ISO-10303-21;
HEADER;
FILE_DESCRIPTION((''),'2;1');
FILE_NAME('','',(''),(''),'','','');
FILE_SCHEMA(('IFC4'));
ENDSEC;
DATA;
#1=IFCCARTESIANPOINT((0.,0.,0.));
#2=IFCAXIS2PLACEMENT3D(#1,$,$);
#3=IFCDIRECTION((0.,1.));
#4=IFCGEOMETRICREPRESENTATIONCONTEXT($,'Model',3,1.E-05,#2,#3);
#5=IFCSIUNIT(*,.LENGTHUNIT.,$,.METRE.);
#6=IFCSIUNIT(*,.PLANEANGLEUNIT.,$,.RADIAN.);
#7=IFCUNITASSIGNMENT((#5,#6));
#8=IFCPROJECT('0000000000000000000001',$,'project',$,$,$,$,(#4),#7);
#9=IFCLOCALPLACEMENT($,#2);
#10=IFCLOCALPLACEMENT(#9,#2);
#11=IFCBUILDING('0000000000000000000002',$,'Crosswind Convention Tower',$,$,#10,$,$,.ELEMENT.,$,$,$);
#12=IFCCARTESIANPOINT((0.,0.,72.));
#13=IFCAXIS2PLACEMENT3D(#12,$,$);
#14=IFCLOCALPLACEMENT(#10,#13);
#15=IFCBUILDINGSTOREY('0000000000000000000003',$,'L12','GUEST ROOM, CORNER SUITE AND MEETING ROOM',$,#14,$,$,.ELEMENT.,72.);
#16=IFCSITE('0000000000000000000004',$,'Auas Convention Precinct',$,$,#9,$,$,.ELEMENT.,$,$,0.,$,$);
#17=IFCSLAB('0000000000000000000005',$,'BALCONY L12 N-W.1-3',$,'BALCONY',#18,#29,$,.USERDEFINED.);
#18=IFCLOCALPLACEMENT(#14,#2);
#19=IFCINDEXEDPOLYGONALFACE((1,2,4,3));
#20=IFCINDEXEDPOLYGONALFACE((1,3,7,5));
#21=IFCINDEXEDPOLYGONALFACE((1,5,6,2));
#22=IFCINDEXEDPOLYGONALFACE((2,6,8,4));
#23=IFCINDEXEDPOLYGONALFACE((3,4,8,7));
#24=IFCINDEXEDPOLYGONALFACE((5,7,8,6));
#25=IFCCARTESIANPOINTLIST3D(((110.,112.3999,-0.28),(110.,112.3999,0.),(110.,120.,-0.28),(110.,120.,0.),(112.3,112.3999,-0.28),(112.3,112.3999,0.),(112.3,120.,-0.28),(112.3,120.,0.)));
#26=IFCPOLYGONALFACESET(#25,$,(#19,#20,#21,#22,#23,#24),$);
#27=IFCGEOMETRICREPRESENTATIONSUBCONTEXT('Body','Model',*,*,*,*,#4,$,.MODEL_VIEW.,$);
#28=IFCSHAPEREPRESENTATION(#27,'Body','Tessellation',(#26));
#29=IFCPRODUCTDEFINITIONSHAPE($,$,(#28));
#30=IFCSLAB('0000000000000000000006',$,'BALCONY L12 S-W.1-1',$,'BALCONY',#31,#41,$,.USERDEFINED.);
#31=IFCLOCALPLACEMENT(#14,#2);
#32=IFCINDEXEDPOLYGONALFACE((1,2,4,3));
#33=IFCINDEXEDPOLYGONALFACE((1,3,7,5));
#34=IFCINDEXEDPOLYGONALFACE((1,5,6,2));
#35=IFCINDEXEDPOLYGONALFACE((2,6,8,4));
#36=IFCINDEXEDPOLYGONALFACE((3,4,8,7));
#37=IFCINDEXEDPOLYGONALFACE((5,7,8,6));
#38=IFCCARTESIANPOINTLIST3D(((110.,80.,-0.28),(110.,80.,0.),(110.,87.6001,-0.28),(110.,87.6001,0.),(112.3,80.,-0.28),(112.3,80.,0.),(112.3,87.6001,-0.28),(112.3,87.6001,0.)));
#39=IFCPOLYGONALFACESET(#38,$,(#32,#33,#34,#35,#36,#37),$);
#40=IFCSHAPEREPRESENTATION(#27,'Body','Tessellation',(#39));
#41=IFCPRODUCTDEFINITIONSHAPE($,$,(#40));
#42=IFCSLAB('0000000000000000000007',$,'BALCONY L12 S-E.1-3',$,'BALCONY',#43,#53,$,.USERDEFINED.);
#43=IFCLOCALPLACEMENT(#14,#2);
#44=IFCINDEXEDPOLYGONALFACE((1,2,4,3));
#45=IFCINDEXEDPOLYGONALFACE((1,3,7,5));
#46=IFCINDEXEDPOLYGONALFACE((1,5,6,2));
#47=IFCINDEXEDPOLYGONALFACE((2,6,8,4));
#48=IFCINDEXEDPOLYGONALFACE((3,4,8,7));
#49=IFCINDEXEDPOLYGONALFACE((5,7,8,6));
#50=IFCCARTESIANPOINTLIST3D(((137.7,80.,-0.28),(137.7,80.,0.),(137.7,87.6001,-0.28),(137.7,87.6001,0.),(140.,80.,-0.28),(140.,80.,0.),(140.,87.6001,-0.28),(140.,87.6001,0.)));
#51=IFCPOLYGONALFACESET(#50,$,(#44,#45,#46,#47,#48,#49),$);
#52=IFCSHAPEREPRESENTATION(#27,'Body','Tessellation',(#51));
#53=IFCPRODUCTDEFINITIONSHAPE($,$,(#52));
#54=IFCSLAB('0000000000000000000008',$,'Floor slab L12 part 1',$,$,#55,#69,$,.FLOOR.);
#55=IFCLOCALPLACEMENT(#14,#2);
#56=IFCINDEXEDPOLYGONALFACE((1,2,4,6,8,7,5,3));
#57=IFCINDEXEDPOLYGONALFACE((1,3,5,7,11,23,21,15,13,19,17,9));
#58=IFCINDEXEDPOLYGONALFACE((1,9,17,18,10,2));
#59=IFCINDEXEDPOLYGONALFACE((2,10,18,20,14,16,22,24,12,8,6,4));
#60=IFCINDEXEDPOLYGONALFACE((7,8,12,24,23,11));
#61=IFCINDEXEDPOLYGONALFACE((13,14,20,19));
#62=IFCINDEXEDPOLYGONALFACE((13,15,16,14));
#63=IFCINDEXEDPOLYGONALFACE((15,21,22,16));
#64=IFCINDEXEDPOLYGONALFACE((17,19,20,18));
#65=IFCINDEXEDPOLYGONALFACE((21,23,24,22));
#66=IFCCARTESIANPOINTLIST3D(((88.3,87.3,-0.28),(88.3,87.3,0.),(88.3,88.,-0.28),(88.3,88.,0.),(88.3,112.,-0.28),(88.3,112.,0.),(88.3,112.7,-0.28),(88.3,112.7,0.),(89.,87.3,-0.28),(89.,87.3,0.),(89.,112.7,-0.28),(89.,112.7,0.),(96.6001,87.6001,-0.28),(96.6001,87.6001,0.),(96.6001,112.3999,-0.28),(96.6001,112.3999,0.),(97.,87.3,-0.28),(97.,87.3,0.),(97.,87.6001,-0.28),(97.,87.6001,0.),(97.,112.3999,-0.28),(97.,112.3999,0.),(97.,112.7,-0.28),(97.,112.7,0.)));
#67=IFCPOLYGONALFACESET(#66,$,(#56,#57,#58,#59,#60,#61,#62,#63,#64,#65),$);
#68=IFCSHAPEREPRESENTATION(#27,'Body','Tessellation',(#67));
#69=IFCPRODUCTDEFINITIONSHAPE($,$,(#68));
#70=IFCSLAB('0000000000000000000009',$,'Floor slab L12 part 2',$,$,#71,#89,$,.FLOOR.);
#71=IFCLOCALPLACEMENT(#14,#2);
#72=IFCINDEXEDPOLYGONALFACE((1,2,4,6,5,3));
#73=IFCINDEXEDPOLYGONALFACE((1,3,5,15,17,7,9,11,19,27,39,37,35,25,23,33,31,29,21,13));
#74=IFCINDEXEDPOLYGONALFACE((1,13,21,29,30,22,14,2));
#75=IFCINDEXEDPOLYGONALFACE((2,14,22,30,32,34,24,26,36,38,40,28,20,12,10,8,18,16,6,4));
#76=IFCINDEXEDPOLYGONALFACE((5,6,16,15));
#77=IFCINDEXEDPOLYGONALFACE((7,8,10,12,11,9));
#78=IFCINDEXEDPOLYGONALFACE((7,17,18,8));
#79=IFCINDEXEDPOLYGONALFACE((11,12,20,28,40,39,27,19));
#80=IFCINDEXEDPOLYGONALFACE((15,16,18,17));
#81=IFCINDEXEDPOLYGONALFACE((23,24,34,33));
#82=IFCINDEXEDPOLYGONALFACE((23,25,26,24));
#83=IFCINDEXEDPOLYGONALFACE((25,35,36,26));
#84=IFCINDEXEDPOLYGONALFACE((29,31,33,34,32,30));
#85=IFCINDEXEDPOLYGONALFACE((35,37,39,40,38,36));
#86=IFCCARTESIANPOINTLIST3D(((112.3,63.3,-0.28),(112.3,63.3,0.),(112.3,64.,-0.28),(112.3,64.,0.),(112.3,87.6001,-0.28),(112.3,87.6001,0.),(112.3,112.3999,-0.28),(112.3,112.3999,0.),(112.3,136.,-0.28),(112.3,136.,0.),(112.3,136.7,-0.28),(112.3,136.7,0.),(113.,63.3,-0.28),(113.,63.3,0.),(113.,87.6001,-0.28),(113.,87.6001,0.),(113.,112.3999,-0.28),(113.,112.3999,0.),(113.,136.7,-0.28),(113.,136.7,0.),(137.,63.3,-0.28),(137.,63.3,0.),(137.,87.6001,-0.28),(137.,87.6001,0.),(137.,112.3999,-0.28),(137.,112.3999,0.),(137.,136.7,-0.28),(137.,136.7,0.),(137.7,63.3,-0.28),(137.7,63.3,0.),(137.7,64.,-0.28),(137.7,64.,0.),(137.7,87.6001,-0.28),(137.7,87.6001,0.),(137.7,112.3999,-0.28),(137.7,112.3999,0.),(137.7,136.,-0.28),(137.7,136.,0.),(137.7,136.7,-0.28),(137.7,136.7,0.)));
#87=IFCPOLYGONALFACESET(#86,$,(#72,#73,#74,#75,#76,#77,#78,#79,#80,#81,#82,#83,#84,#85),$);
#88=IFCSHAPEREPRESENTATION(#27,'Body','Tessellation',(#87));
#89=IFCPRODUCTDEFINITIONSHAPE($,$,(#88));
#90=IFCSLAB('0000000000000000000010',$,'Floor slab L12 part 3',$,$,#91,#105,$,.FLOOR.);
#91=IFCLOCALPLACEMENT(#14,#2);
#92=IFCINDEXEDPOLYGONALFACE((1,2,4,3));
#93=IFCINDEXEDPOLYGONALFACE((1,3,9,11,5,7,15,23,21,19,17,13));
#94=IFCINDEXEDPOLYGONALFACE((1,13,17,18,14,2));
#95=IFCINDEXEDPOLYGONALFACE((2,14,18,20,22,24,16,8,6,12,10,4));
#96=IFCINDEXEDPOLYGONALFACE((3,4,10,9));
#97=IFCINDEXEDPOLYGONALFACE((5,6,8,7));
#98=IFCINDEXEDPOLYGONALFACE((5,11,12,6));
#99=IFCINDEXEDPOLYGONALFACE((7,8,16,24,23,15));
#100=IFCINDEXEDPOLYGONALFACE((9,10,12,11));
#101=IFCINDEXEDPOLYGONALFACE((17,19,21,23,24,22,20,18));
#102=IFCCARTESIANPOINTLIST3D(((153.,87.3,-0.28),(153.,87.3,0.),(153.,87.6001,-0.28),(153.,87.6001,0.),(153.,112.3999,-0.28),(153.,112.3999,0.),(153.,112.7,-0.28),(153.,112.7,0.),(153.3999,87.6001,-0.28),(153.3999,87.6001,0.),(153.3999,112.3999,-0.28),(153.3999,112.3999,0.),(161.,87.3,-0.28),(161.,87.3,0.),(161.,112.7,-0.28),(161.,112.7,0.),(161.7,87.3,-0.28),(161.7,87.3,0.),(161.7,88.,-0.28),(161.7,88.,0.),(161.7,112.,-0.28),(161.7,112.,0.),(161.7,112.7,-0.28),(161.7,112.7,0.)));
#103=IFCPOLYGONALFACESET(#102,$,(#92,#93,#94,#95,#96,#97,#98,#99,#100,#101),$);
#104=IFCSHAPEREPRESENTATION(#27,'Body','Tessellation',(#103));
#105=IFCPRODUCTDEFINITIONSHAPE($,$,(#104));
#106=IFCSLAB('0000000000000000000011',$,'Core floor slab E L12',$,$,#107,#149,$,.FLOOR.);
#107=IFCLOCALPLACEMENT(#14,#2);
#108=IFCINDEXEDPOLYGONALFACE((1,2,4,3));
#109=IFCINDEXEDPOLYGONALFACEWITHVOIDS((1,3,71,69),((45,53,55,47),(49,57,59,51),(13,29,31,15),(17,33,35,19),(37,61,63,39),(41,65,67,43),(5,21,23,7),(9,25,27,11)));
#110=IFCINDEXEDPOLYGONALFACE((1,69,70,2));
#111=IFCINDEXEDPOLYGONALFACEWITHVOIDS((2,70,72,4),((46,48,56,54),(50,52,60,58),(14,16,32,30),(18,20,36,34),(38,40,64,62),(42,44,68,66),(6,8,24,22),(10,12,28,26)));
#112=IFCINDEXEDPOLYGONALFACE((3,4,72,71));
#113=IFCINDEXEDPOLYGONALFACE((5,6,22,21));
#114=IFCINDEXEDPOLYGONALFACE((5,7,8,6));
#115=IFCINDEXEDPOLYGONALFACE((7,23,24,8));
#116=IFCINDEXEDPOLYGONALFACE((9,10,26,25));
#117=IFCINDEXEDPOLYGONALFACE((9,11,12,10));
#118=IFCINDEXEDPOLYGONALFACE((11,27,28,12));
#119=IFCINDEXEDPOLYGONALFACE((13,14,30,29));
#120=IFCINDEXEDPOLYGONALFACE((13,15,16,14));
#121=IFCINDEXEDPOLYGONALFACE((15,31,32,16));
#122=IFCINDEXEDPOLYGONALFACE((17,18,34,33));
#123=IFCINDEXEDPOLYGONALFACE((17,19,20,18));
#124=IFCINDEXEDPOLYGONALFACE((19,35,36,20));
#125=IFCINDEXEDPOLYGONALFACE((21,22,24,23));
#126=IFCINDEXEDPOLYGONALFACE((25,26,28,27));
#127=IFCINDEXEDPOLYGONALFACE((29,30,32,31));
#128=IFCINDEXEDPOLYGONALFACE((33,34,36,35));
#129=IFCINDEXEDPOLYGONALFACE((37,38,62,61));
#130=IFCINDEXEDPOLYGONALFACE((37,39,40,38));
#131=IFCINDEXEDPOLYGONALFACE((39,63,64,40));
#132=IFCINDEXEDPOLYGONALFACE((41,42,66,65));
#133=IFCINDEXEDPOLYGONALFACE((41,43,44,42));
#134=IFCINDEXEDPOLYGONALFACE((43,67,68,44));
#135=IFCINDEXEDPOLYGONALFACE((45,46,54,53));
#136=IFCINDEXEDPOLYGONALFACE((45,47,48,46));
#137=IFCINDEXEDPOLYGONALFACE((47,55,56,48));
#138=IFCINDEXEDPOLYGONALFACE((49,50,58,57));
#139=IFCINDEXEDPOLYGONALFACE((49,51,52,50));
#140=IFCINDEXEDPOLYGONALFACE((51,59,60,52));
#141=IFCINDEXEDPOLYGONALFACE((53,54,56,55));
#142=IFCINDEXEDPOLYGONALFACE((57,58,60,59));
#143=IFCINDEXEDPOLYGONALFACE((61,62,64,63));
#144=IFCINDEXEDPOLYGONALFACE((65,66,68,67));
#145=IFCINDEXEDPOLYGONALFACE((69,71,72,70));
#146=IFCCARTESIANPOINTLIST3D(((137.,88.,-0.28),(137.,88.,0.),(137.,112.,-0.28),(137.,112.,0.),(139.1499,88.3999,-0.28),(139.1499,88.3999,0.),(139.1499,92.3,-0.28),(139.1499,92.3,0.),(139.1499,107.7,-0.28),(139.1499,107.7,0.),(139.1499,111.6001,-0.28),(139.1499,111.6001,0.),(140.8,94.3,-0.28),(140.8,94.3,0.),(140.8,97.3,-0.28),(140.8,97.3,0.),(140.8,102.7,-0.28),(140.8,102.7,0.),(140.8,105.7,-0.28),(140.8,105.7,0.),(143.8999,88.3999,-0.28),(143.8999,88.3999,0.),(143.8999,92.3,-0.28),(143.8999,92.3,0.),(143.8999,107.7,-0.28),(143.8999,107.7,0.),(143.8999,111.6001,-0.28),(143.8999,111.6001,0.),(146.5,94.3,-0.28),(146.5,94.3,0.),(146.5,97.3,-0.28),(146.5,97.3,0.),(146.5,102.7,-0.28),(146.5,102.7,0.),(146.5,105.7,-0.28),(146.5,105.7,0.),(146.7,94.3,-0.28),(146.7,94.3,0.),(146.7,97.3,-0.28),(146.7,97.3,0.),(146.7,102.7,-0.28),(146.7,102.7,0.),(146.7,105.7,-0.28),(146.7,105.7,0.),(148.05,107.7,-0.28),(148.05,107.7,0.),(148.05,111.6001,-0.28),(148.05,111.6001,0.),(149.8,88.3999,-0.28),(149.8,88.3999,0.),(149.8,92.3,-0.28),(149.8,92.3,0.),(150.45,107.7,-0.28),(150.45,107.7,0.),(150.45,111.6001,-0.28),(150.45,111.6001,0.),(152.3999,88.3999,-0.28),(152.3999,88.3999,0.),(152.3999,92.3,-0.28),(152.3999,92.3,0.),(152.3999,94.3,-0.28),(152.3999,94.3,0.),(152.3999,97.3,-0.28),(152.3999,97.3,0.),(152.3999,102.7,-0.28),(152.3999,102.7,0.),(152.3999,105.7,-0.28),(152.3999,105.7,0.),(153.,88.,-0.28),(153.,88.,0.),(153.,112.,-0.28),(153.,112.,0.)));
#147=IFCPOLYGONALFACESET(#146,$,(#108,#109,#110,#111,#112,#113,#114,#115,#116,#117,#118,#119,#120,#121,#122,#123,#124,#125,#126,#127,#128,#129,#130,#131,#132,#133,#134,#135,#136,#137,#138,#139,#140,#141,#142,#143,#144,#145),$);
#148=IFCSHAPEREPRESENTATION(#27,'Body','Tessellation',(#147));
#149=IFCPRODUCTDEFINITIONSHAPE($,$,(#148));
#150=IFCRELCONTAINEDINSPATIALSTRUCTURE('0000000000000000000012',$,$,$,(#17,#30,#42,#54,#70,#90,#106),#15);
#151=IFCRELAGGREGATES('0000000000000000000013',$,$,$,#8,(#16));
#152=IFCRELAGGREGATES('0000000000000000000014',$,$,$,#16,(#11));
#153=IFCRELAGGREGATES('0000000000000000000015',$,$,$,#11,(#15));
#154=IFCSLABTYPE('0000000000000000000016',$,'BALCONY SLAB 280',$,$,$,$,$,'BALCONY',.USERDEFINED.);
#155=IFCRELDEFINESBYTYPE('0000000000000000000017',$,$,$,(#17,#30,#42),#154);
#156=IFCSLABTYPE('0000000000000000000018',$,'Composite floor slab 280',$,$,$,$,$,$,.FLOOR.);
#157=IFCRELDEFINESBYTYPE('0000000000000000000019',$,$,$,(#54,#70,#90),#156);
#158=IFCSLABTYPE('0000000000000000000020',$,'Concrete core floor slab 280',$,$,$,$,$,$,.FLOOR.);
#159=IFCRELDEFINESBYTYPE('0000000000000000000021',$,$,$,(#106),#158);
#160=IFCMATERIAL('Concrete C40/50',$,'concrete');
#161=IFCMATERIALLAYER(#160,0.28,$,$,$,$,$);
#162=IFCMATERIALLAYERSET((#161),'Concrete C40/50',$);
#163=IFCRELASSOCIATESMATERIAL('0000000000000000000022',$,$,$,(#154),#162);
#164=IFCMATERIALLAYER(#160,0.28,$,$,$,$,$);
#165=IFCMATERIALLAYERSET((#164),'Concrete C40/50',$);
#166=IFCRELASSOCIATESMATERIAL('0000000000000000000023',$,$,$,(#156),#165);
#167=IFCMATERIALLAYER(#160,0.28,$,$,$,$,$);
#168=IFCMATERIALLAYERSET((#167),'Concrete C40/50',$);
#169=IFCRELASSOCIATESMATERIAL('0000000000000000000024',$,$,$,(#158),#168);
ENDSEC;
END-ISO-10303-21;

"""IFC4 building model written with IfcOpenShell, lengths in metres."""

from ifc_helpers import new_model, si_unit, direction, frame, origin, place, context, subcontext, project, spatial, polyline, outline, extrude, material, layer, layer_set, type_object, element, save


model = new_model("IFC4")

# Units and contexts
model_context = context("Model", 3, precision=1e-05, world=origin(), true_north=direction((0.0, 1.0)))
body_context = subcontext(model_context, "Body", "Model", "MODEL_VIEW")
ifc_project = project(units=[si_unit("LENGTHUNIT", "METRE"), si_unit("PLANEANGLEUNIT", "RADIAN")], contexts=[model_context])

# Site, building, storey
site_placement = place(None, origin())
site = spatial("IfcSite", under=ifc_project, at=site_placement, Name="Auas Convention Precinct", CompositionType="ELEMENT", RefElevation=0.0)
building_placement = place(site_placement, origin())
building = spatial("IfcBuilding", under=site, at=building_placement, Name="Crosswind Convention Tower", CompositionType="ELEMENT")
storey_placement = place(building_placement, frame((0.0, 0.0, 72.0)))
storey = spatial("IfcBuildingStorey", under=building, at=storey_placement, Name="L12", Description="GUEST ROOM, CORNER SUITE AND MEETING ROOM", CompositionType="ELEMENT", Elevation=72.0)

# Slabs
ifc_material_1 = material(Name="Concrete C40/50", Category="concrete")
ifc_layer_1 = layer(ifc_material_1, 0.28)
ifc_layer_set_1 = layer_set([ifc_layer_1], Name="Concrete C40/50")
slab_type_1 = type_object("IfcSlabType", Name="BALCONY SLAB 280", ElementType="BALCONY", PredefinedType="USERDEFINED", material=ifc_layer_set_1)
slab_1_placement = place(storey_placement, frame((0.0, 0.0, -0.28)))
element("IfcSlab", 1, at=slab_1_placement, inside=storey, type_object=slab_type_1, Name="BALCONY L12 N-W.1-3", ObjectType="BALCONY", PredefinedType="USERDEFINED", context=body_context, shape_type="SweptSolid", body=[
    extrude(outline(polyline([(112.3, 120.0), (112.3, 112.3999), (110.0, 112.3999), (110.0, 120.0), (112.3, 120.0)])), origin(), (0.0, 0.0, 1.0), 0.28),
])
slab_2_placement = place(storey_placement, frame((0.0, 0.0, -0.28)))
element("IfcSlab", 2, at=slab_2_placement, inside=storey, type_object=slab_type_1, Name="BALCONY L12 S-W.1-1", ObjectType="BALCONY", PredefinedType="USERDEFINED", context=body_context, shape_type="SweptSolid", body=[
    extrude(outline(polyline([(112.3, 87.6001), (112.3, 80.0), (110.0, 80.0), (110.0, 87.6001), (112.3, 87.6001)])), origin(), (0.0, 0.0, 1.0), 0.28),
])
slab_3_placement = place(storey_placement, frame((0.0, 0.0, -0.28)))
element("IfcSlab", 3, at=slab_3_placement, inside=storey, type_object=slab_type_1, Name="BALCONY L12 S-E.1-3", ObjectType="BALCONY", PredefinedType="USERDEFINED", context=body_context, shape_type="SweptSolid", body=[
    extrude(outline(polyline([(137.7, 80.0), (137.7, 87.6001), (140.0, 87.6001), (140.0, 80.0), (137.7, 80.0)])), origin(), (0.0, 0.0, 1.0), 0.28),
])
ifc_layer_2 = layer(ifc_material_1, 0.28)
ifc_layer_set_2 = layer_set([ifc_layer_2], Name="Concrete C40/50")
slab_type_2 = type_object("IfcSlabType", Name="Composite floor slab 280", PredefinedType="FLOOR", material=ifc_layer_set_2)
slab_4_placement = place(storey_placement, frame((0.0, 0.0, -0.28)))
element("IfcSlab", 4, at=slab_4_placement, inside=storey, type_object=slab_type_2, Name="Floor slab L12 part 1", PredefinedType="FLOOR", context=body_context, shape_type="SweptSolid", body=[
    extrude(outline(polyline([(97.0, 87.3), (89.0, 87.3), (88.3, 87.3), (88.3, 88.0), (88.3, 112.0), (88.3, 112.7), (89.0, 112.7), (97.0, 112.7), (97.0, 112.3999), (96.6001, 112.3999), (96.6001, 87.6001), (97.0, 87.6001), (97.0, 87.3)])), origin(), (0.0, 0.0, 1.0), 0.28),
])
slab_5_placement = place(storey_placement, frame((0.0, 0.0, -0.28)))
element("IfcSlab", 5, at=slab_5_placement, inside=storey, type_object=slab_type_2, Name="Floor slab L12 part 2", PredefinedType="FLOOR", context=body_context, shape_type="SweptSolid", body=[
    extrude(outline(polyline([(112.3, 87.6001), (113.0, 87.6001), (113.0, 112.3999), (112.3, 112.3999), (112.3, 136.0), (112.3, 136.7), (113.0, 136.7), (137.0, 136.7), (137.7, 136.7), (137.7, 136.0), (137.7, 112.3999), (137.0, 112.3999), (137.0, 87.6001), (137.7, 87.6001), (137.7, 64.0), (137.7, 63.3), (137.0, 63.3), (113.0, 63.3), (112.3, 63.3), (112.3, 64.0), (112.3, 87.6001)])), origin(), (0.0, 0.0, 1.0), 0.28),
])
slab_6_placement = place(storey_placement, frame((0.0, 0.0, -0.28)))
element("IfcSlab", 6, at=slab_6_placement, inside=storey, type_object=slab_type_2, Name="Floor slab L12 part 3", PredefinedType="FLOOR", context=body_context, shape_type="SweptSolid", body=[
    extrude(outline(polyline([(153.0, 112.7), (161.0, 112.7), (161.7, 112.7), (161.7, 112.0), (161.7, 88.0), (161.7, 87.3), (161.0, 87.3), (153.0, 87.3), (153.0, 87.6001), (153.3999, 87.6001), (153.3999, 112.3999), (153.0, 112.3999), (153.0, 112.7)])), origin(), (0.0, 0.0, 1.0), 0.28),
])
ifc_layer_3 = layer(ifc_material_1, 0.28)
ifc_layer_set_3 = layer_set([ifc_layer_3], Name="Concrete C40/50")
slab_type_3 = type_object("IfcSlabType", Name="Concrete core floor slab 280", PredefinedType="FLOOR", material=ifc_layer_set_3)
slab_7_placement = place(storey_placement, frame((0.0, 0.0, -0.28)))
element("IfcSlab", 7, at=slab_7_placement, inside=storey, type_object=slab_type_3, Name="Core floor slab E L12", PredefinedType="FLOOR", context=body_context, shape_type="SweptSolid", body=[
    extrude(outline(polyline([(137.0, 88.0), (153.0, 88.0), (153.0, 112.0), (137.0, 112.0), (137.0, 88.0)]), holes=[polyline([(146.5, 102.7), (146.5, 105.7), (140.8, 105.7), (140.8, 102.7), (146.5, 102.7)]), polyline([(152.3999, 102.7), (152.3999, 105.7), (146.7, 105.7), (146.7, 102.7), (152.3999, 102.7)]), polyline([(146.5, 94.3), (146.5, 97.3), (140.8, 97.3), (140.8, 94.3), (146.5, 94.3)]), polyline([(152.3999, 94.3), (152.3999, 97.3), (146.7, 97.3), (146.7, 94.3), (152.3999, 94.3)]), polyline([(150.45, 107.7), (150.45, 111.6001), (148.05, 111.6001), (148.05, 107.7), (150.45, 107.7)]), polyline([(152.3999, 88.3999), (152.3999, 92.3), (149.8, 92.3), (149.8, 88.3999), (152.3999, 88.3999)]), polyline([(143.8999, 107.7), (143.8999, 111.6001), (139.1499, 111.6001), (139.1499, 107.7), (143.8999, 107.7)]), polyline([(143.8999, 88.3999), (143.8999, 92.3), (139.1499, 92.3), (139.1499, 88.3999), (143.8999, 88.3999)])]), origin(), (0.0, 0.0, 1.0), 0.28),
])

save(model, "model.ifc")
